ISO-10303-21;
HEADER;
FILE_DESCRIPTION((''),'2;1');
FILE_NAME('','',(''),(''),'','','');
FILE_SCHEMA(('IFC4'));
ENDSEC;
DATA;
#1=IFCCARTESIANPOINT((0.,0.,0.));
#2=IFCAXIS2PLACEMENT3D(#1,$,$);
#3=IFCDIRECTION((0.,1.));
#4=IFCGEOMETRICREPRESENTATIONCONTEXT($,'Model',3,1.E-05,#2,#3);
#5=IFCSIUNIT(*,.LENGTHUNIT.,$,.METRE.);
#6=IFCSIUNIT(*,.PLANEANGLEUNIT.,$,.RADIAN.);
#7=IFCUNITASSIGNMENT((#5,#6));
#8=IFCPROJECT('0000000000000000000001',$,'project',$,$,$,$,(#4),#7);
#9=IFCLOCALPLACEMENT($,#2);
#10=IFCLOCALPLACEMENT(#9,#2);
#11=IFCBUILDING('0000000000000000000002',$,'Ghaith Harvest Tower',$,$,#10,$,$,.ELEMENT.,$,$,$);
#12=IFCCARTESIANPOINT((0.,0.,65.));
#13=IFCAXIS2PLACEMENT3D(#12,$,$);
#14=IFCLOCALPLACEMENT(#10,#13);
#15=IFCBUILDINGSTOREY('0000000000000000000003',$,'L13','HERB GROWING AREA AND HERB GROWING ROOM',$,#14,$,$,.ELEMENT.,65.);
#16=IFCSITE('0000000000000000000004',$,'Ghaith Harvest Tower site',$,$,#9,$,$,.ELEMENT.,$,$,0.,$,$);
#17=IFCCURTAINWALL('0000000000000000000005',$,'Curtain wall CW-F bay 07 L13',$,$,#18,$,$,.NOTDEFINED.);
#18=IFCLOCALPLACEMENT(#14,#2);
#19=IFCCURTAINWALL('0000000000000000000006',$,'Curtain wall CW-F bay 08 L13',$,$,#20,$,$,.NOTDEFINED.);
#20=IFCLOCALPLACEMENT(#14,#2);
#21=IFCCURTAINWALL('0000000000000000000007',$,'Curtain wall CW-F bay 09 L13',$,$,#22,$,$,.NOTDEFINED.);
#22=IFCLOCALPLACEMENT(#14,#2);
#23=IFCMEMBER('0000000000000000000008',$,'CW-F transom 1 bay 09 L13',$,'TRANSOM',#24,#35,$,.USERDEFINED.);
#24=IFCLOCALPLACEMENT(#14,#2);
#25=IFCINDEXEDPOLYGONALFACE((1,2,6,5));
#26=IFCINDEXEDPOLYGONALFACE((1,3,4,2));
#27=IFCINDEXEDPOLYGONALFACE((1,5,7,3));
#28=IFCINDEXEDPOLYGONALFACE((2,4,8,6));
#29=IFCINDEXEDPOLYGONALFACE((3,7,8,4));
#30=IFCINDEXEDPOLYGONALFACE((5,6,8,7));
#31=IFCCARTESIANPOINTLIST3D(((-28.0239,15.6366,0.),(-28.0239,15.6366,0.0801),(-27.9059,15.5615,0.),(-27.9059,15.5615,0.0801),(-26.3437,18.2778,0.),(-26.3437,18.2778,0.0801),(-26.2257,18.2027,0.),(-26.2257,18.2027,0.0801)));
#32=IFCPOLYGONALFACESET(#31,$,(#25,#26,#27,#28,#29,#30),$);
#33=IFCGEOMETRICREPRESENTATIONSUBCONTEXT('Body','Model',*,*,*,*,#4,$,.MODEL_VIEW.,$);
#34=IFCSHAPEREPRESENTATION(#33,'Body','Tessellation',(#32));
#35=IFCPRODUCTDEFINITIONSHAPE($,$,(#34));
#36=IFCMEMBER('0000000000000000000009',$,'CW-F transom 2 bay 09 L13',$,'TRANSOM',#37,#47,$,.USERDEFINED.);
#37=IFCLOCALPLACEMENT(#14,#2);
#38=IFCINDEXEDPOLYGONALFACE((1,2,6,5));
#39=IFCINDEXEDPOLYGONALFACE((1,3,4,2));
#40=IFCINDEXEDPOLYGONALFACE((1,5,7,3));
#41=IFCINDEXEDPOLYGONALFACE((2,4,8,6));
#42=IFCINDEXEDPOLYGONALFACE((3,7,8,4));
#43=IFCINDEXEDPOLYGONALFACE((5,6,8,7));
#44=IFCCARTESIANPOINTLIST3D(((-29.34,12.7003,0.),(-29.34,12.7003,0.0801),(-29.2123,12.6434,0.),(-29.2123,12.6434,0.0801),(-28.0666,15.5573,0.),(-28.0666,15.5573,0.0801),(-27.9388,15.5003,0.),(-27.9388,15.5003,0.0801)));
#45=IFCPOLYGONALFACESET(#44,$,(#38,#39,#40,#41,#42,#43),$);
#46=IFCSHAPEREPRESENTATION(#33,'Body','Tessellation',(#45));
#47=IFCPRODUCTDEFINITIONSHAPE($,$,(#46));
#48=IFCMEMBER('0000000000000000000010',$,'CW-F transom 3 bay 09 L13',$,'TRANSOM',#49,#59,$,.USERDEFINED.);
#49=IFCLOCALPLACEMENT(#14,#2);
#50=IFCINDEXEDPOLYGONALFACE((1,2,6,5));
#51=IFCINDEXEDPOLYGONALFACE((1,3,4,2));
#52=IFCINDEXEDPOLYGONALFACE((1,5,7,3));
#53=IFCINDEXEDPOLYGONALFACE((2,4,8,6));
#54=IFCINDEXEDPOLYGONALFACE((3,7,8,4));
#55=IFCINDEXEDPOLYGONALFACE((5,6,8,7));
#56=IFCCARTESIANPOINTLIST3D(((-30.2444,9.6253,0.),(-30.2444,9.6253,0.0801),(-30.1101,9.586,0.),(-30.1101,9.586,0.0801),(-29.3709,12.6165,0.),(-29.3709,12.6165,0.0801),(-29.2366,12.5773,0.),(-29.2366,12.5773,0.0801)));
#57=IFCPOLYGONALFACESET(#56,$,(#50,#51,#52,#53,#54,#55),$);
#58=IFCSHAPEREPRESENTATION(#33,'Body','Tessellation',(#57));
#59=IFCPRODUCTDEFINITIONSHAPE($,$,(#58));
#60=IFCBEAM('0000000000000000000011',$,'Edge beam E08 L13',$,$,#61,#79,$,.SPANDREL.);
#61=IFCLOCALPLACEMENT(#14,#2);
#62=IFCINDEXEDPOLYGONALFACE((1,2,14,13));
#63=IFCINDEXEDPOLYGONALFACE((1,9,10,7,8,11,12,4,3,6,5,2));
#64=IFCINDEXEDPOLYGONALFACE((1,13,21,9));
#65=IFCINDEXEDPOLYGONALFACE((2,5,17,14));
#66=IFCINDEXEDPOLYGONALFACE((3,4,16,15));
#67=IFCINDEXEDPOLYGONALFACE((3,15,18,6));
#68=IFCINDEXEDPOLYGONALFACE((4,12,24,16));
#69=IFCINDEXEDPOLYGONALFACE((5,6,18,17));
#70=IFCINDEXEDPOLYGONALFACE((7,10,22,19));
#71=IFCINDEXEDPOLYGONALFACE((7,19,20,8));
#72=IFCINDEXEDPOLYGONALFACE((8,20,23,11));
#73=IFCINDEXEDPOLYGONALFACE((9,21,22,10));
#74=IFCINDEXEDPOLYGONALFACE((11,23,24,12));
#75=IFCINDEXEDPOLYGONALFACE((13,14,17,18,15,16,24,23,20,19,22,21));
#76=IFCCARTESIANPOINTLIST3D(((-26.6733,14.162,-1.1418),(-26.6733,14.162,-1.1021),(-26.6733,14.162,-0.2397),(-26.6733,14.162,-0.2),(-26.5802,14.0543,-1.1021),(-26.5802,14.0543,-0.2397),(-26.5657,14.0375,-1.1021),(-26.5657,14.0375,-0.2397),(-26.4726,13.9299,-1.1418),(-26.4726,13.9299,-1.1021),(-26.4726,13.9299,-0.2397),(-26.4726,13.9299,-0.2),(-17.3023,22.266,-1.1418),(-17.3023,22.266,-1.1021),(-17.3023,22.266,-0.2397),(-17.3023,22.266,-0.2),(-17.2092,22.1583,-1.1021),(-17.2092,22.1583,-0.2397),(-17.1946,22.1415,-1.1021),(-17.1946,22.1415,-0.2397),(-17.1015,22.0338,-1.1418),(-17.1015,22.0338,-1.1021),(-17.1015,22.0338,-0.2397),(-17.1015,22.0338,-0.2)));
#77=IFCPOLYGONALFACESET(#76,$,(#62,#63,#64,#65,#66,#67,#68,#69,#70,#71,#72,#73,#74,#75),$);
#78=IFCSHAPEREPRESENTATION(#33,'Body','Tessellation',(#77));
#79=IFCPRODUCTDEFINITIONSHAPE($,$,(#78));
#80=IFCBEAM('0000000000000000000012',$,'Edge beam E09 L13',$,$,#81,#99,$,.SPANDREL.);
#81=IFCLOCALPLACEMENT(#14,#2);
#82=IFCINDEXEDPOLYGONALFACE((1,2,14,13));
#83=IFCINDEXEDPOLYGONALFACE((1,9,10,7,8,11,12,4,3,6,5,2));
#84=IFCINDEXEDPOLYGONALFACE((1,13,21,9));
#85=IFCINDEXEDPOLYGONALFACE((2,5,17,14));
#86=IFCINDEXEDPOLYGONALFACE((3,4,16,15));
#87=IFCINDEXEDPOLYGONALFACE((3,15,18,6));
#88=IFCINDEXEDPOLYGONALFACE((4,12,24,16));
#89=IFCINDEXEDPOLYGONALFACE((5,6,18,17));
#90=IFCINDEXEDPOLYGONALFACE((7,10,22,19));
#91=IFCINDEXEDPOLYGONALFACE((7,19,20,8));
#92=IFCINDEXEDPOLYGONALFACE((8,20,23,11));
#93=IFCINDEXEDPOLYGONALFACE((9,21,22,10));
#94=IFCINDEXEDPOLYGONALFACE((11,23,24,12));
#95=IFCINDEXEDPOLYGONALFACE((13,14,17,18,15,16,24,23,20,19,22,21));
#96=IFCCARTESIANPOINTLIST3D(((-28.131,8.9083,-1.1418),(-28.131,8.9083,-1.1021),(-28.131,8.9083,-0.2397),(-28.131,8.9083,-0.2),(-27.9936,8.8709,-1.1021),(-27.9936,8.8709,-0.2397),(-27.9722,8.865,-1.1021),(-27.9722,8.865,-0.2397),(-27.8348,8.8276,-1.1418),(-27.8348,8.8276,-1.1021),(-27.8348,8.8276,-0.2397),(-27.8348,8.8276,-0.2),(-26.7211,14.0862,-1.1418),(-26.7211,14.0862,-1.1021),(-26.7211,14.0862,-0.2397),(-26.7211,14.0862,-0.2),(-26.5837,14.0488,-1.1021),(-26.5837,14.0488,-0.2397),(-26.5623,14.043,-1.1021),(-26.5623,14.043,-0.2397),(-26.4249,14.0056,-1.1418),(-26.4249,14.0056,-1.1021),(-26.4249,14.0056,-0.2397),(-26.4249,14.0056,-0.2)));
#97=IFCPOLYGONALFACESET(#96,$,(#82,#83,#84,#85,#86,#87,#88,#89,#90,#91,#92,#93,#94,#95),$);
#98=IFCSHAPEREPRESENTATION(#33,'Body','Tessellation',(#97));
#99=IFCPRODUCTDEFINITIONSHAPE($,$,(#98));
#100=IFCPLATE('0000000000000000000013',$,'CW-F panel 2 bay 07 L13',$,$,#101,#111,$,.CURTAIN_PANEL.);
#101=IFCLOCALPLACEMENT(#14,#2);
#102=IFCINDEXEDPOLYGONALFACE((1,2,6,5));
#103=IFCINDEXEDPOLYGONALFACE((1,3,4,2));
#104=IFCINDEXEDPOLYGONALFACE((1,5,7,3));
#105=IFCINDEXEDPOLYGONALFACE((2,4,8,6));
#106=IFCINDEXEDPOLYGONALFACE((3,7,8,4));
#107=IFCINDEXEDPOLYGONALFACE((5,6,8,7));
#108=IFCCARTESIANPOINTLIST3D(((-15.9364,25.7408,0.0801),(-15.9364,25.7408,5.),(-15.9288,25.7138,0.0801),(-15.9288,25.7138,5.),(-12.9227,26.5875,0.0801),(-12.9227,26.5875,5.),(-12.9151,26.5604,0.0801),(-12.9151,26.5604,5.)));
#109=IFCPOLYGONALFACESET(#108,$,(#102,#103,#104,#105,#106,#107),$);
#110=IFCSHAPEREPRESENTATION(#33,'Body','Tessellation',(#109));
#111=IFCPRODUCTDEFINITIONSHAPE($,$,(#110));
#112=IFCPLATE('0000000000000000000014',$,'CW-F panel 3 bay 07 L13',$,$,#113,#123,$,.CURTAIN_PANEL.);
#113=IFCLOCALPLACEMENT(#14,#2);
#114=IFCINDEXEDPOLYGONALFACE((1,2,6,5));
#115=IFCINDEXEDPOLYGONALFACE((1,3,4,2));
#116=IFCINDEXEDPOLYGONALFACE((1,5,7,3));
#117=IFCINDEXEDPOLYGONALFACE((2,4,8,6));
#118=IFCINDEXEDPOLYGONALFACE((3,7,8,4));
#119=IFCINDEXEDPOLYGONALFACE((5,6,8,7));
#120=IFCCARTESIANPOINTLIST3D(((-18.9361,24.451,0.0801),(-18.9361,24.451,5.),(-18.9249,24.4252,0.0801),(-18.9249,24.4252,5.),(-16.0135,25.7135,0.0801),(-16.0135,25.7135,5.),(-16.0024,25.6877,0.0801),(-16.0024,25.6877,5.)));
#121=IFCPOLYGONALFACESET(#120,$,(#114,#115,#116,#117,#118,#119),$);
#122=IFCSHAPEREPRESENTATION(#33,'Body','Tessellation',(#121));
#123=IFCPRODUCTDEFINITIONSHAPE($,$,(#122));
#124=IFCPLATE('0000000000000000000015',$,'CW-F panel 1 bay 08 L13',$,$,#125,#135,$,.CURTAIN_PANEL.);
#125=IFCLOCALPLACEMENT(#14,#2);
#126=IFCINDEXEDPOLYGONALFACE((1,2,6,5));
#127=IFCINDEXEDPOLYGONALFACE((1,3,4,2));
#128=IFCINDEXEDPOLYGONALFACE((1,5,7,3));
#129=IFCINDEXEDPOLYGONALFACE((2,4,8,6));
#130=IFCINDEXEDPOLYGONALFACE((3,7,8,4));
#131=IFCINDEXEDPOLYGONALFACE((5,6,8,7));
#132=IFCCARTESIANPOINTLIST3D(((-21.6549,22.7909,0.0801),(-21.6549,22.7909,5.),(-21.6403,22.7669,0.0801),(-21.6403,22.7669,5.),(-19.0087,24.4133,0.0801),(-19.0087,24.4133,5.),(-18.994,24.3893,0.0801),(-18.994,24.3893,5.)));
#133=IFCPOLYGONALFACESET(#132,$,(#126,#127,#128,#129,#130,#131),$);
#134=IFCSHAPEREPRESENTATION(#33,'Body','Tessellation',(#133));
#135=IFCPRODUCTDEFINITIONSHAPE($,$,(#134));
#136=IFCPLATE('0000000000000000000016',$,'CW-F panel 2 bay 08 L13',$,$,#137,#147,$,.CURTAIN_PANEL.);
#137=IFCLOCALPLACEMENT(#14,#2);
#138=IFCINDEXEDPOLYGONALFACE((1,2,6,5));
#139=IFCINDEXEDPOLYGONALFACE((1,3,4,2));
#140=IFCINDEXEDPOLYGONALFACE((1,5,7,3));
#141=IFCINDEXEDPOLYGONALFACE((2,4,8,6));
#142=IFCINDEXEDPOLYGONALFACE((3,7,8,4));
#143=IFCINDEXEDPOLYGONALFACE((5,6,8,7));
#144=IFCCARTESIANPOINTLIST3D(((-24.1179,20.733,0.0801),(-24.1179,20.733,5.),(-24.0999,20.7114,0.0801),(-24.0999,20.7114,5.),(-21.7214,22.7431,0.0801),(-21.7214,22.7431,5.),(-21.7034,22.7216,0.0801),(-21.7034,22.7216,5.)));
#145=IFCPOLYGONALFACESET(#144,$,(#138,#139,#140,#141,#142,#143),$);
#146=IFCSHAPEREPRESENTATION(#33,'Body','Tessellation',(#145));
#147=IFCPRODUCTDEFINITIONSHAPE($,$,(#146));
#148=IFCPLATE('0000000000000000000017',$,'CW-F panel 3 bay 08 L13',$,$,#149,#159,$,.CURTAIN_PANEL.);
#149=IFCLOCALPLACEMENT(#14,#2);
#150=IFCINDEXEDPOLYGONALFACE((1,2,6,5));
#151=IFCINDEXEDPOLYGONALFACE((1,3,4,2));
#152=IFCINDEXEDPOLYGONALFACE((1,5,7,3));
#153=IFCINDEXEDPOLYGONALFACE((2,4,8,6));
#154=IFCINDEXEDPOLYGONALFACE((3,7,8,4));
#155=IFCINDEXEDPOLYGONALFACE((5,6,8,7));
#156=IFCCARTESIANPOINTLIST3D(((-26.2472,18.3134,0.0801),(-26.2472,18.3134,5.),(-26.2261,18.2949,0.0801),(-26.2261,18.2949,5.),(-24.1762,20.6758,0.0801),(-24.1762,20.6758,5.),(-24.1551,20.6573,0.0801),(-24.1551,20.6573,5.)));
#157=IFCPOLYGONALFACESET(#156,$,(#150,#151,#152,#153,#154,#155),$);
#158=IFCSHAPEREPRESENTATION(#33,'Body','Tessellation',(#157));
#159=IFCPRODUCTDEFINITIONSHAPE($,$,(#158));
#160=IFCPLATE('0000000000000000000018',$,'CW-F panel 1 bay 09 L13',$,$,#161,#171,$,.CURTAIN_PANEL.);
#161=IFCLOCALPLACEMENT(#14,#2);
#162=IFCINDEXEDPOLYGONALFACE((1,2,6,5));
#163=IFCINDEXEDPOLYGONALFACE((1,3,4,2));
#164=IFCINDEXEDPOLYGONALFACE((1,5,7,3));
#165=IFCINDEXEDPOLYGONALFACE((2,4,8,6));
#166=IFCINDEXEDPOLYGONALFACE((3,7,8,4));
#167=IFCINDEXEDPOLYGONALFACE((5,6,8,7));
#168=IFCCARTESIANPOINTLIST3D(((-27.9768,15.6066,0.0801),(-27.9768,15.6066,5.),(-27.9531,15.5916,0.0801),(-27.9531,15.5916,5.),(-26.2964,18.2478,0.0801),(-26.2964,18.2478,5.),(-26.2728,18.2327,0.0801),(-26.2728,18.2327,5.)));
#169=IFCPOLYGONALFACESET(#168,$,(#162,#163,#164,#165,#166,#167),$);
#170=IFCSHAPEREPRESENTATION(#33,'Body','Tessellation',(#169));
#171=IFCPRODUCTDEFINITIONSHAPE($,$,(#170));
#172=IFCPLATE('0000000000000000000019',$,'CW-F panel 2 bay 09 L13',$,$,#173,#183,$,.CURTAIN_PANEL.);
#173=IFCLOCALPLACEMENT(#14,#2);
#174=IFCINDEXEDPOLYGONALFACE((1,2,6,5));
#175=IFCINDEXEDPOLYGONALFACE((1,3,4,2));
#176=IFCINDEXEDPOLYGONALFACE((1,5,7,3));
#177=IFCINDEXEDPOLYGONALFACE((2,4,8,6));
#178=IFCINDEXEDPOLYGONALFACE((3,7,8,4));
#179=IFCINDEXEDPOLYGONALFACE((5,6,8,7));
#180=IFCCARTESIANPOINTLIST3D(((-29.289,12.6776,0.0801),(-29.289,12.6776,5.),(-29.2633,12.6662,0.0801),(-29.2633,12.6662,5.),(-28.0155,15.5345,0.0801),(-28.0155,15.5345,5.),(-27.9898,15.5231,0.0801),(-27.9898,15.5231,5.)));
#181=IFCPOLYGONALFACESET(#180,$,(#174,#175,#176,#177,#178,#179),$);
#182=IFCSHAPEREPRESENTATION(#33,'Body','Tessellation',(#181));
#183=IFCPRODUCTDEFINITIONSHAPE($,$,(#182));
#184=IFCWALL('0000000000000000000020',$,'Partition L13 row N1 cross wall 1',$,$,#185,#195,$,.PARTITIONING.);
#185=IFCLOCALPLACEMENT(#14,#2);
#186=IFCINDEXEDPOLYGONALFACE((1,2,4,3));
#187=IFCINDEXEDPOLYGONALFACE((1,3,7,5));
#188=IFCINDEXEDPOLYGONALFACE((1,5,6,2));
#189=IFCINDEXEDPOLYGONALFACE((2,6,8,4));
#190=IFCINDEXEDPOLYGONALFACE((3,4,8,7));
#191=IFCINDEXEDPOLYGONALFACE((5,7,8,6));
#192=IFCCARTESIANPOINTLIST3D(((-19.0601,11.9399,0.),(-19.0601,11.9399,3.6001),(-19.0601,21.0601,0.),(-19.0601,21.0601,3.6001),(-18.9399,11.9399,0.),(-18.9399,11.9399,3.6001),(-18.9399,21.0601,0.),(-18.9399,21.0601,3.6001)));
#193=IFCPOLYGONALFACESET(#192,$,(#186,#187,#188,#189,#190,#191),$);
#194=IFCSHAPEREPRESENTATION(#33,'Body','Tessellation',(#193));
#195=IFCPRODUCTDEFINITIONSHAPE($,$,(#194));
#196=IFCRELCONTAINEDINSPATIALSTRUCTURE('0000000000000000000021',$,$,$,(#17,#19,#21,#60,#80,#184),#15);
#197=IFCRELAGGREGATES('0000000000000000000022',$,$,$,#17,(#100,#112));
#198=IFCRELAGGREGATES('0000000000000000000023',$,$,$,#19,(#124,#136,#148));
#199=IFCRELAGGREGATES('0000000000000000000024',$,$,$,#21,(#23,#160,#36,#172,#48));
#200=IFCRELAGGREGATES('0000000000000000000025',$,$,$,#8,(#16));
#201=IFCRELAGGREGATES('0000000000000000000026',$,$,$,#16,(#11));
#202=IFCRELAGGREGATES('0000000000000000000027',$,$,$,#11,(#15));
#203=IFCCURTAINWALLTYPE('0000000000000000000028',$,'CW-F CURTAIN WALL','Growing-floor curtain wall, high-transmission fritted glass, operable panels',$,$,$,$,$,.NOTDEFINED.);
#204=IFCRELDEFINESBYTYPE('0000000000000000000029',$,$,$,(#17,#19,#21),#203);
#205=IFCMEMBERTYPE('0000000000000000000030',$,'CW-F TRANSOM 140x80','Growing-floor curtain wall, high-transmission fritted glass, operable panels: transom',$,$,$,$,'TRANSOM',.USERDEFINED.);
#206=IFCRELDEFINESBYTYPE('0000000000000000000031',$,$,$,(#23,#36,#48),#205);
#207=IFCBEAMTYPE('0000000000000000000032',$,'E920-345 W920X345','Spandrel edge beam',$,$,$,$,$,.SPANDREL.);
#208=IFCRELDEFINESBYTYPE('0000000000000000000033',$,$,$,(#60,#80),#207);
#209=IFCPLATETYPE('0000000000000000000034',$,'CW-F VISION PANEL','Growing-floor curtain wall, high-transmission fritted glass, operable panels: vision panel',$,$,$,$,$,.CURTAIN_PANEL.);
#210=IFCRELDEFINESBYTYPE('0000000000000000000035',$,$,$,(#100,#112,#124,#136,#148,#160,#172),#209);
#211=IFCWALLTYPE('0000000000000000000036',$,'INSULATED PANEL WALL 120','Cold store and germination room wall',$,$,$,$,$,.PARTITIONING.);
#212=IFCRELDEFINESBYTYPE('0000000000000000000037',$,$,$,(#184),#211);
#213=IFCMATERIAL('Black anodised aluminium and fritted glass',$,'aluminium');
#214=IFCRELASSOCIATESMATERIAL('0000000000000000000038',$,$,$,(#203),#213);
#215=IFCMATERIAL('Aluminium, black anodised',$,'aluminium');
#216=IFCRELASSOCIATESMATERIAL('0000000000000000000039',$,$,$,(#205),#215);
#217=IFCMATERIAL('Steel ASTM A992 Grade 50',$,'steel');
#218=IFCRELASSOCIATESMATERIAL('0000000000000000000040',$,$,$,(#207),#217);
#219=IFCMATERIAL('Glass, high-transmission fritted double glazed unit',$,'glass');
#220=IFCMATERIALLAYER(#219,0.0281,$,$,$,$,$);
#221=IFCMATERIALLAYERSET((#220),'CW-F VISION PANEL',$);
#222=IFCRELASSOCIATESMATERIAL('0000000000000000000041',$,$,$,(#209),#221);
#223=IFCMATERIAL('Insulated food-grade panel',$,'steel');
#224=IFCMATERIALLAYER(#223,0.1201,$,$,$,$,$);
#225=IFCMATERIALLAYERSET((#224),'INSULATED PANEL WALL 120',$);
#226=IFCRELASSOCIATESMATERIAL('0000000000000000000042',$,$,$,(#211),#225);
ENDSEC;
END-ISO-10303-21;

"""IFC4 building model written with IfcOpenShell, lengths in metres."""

from ifc_helpers import new_model, si_unit, direction, frame, frame_2d, origin, origin_2d, place, context, subcontext, project, spatial, rectangle, i_section, extrude, material, layer, layer_set, material_profile, profile_set, type_object, element, aggregate, save


model = new_model("IFC4")

# Units and contexts
model_context = context("Model", 3, precision=1e-05, world=origin(), true_north=direction((0.0, 1.0)))
body_context = subcontext(model_context, "Body", "Model", "MODEL_VIEW")
ifc_project = project(units=[si_unit("LENGTHUNIT", "METRE"), si_unit("PLANEANGLEUNIT", "RADIAN")], contexts=[model_context])

# Site, building, storey
site_placement = place(None, origin())
site = spatial("IfcSite", under=ifc_project, at=site_placement, Name="Ghaith Harvest Tower site", CompositionType="ELEMENT", RefElevation=0.0)
building_placement = place(site_placement, origin())
building = spatial("IfcBuilding", under=site, at=building_placement, Name="Ghaith Harvest Tower", CompositionType="ELEMENT")
storey_placement = place(building_placement, frame((0.0, 0.0, 65.0)))
storey = spatial("IfcBuildingStorey", under=building, at=storey_placement, Name="L13", Description="HERB GROWING AREA AND HERB GROWING ROOM", CompositionType="ELEMENT", Elevation=65.0)

# Curtain wall
ifc_material_1 = material(Name="Black anodised aluminium and fritted glass", Category="aluminium")
curtain_wall_type = type_object("IfcCurtainWallType", Name="CW-F CURTAIN WALL", Description="Growing-floor curtain wall, high-transmission fritted glass, operable panels", PredefinedType="NOTDEFINED", material=ifc_material_1)
curtain_wall_1_placement = place(storey_placement, origin())
curtain_wall_1 = element("IfcCurtainWall", 1, at=curtain_wall_1_placement, inside=storey, type_object=curtain_wall_type, Name="Curtain wall CW-F bay 07 L13", PredefinedType="NOTDEFINED")

# Curtain walls
curtain_wall_2_placement = place(storey_placement, origin())
curtain_wall_2 = element("IfcCurtainWall", 2, at=curtain_wall_2_placement, inside=storey, type_object=curtain_wall_type, Name="Curtain wall CW-F bay 08 L13", PredefinedType="NOTDEFINED")
curtain_wall_3_placement = place(storey_placement, origin())
curtain_wall_3 = element("IfcCurtainWall", 3, at=curtain_wall_3_placement, inside=storey, type_object=curtain_wall_type, Name="Curtain wall CW-F bay 09 L13", PredefinedType="NOTDEFINED")

# Members
ifc_material_2 = material(Name="Aluminium, black anodised", Category="aluminium")
ifc_material_profile_1 = material_profile(ifc_material_2, rectangle(XDim=0.1399, YDim=0.0801, at=origin_2d()), Name="CW-F TRANSOM 140x80")
ifc_profile_set_1 = profile_set([ifc_material_profile_1], Name="Aluminium, black anodised")
member_type_1 = type_object("IfcMemberType", Name="CW-F TRANSOM 140x80", Description="Growing-floor curtain wall, high-transmission fritted glass, operable panels: transom", ElementType="TRANSOM", PredefinedType="USERDEFINED", material=ifc_profile_set_1)
member_1_placement = place(storey_placement, frame((-26.2847, 18.2402, 0.04), z_axis=(-0.536754, -0.843739, 0.0), x_axis=(0.843739, -0.536754, 0.0)))
member_1 = element("IfcMember", 4, at=member_1_placement, type_object=member_type_1, Name="CW-F transom 1 bay 09 L13", ObjectType="TRANSOM", PredefinedType="USERDEFINED", context=body_context, shape_type="SweptSolid", body=[
    extrude(rectangle(XDim=0.1399, YDim=0.0801, at=origin_2d()), origin(), (0.0, 0.0, 1.0), 3.1304),
])
member_2_placement = place(storey_placement, frame((-28.0027, 15.5288, 0.04), z_axis=(-0.407123, -0.913373, 0.0), x_axis=(0.913373, -0.407123, 0.0)))
member_2 = element("IfcMember", 5, at=member_2_placement, type_object=member_type_1, Name="CW-F transom 2 bay 09 L13", ObjectType="TRANSOM", PredefinedType="USERDEFINED", context=body_context, shape_type="SweptSolid", body=[
    extrude(rectangle(XDim=0.1399, YDim=0.0801, at=origin_2d()), origin(), (0.0, 0.0, 1.0), 3.1279),
])
member_3_placement = place(storey_placement, frame((-29.3037, 12.5969, 0.04), z_axis=(-0.280325, -0.959905, 0.0), x_axis=(0.959905, -0.280325, 0.0)))
member_3 = element("IfcMember", 6, at=member_3_placement, type_object=member_type_1, Name="CW-F transom 3 bay 09 L13", ObjectType="TRANSOM", PredefinedType="USERDEFINED", context=body_context, shape_type="SweptSolid", body=[
    extrude(rectangle(XDim=0.1399, YDim=0.0801, at=origin_2d()), origin(), (0.0, 0.0, 1.0), 3.1162),
])

# Beams
ifc_material_3 = material(Name="Steel ASTM A992 Grade 50", Category="steel")
ifc_material_profile_2 = material_profile(ifc_material_3, i_section(OverallWidth=0.3069, OverallDepth=0.9419, WebThickness=0.0222, FlangeThickness=0.0398, at=origin_2d()), Name="W920X345")
ifc_profile_set_2 = profile_set([ifc_material_profile_2], Name="Steel ASTM A992 Grade 50")
beam_type = type_object("IfcBeamType", Name="E920-345 W920X345", Description="Spandrel edge beam", PredefinedType="SPANDREL", material=ifc_profile_set_2)
beam_1_placement = place(storey_placement, frame((-17.2019, 22.1499, -0.6709), z_axis=(-0.756392, -0.654118, 0.0), x_axis=(0.654118, -0.756392, 0.0)))
element("IfcBeam", 7, at=beam_1_placement, inside=storey, type_object=beam_type, Name="Edge beam E08 L13", PredefinedType="SPANDREL", context=body_context, shape_type="SweptSolid", body=[
    extrude(i_section(OverallWidth=0.3069, OverallDepth=0.9419, WebThickness=0.0222, FlangeThickness=0.0398, at=origin_2d()), origin(), (0.0, 0.0, 1.0), 12.3892),
])
beam_2_placement = place(storey_placement, frame((-26.573, 14.0459, -0.6709), z_axis=(-0.262725, -0.964871, 0.0), x_axis=(0.964871, -0.262725, 0.0)))
element("IfcBeam", 8, at=beam_2_placement, inside=storey, type_object=beam_type, Name="Edge beam E09 L13", PredefinedType="SPANDREL", context=body_context, shape_type="SweptSolid", body=[
    extrude(i_section(OverallWidth=0.3069, OverallDepth=0.9419, WebThickness=0.0222, FlangeThickness=0.0398, at=origin_2d()), origin(), (0.0, 0.0, 1.0), 5.3665),
])

# Plates
ifc_material_4 = material(Name="Glass, high-transmission fritted double glazed unit", Category="glass")
ifc_layer_1 = layer(ifc_material_4, 0.0281)
ifc_layer_set_1 = layer_set([ifc_layer_1], Name="CW-F VISION PANEL")
plate_type = type_object("IfcPlateType", Name="CW-F VISION PANEL", Description="Growing-floor curtain wall, high-transmission fritted glass, operable panels: vision panel", PredefinedType="CURTAIN_PANEL", material=ifc_layer_set_1)
plate_1_placement = place(storey_placement, frame((-14.4258, 26.1506, 0.0801), z_axis=(0.0, 0.0, 1.0), x_axis=(-0.96273, -0.270465, 0.0)))
plate_1 = element("IfcPlate", 9, at=plate_1_placement, type_object=plate_type, Name="CW-F panel 2 bay 07 L13", PredefinedType="CURTAIN_PANEL", context=body_context, shape_type="SweptSolid", body=[
    extrude(rectangle(XDim=3.1304, YDim=0.0281, at=origin_2d()), origin(), (0.0, 0.0, 1.0), 4.9199),
])
plate_2_placement = place(storey_placement, frame((-17.4692, 25.0693, 0.0801), z_axis=(0.0, 0.0, 1.0), x_axis=(-0.918003, -0.396574, 0.0)))
plate_2 = element("IfcPlate", 10, at=plate_2_placement, type_object=plate_type, Name="CW-F panel 3 bay 07 L13", PredefinedType="CURTAIN_PANEL", context=body_context, shape_type="SweptSolid", body=[
    extrude(rectangle(XDim=3.1836, YDim=0.0281, at=origin_2d()), origin(), (0.0, 0.0, 1.0), 4.9199),
])
aggregate(curtain_wall_1, [plate_1, plate_2])
plate_3_placement = place(storey_placement, frame((-20.3245, 23.5901, 0.0801), z_axis=(0.0, 0.0, 1.0), x_axis=(-0.852528, -0.522682, 0.0)))
plate_3 = element("IfcPlate", 11, at=plate_3_placement, type_object=plate_type, Name="CW-F panel 1 bay 08 L13", PredefinedType="CURTAIN_PANEL", context=body_context, shape_type="SweptSolid", body=[
    extrude(rectangle(XDim=3.104, YDim=0.0281, at=origin_2d()), origin(), (0.0, 0.0, 1.0), 4.9199),
])
plate_4_placement = place(storey_placement, frame((-22.9106, 21.7273, 0.0801), z_axis=(0.0, 0.0, 1.0), x_axis=(-0.766155, -0.642656, 0.0)))
plate_4 = element("IfcPlate", 12, at=plate_4_placement, type_object=plate_type, Name="CW-F panel 2 bay 08 L13", PredefinedType="CURTAIN_PANEL", context=body_context, shape_type="SweptSolid", body=[
    extrude(rectangle(XDim=3.1279, YDim=0.0281, at=origin_2d()), origin(), (0.0, 0.0, 1.0), 4.9199),
])
plate_5_placement = place(storey_placement, frame((-25.2012, 19.4854, 0.0801), z_axis=(0.0, 0.0, 1.0), x_axis=(-0.659216, -0.751954, 0.0)))
plate_5 = element("IfcPlate", 13, at=plate_5_placement, type_object=plate_type, Name="CW-F panel 3 bay 08 L13", PredefinedType="CURTAIN_PANEL", context=body_context, shape_type="SweptSolid", body=[
    extrude(rectangle(XDim=3.1416, YDim=0.0281, at=origin_2d()), origin(), (0.0, 0.0, 1.0), 4.9199),
])
aggregate(curtain_wall_2, [plate_3, plate_4, plate_5])
plate_6_placement = place(storey_placement, frame((-27.1248, 16.9197, 0.0801), z_axis=(0.0, 0.0, 1.0), x_axis=(-0.536779, -0.843723, 0.0)))
plate_6 = element("IfcPlate", 14, at=plate_6_placement, type_object=plate_type, Name="CW-F panel 1 bay 09 L13", PredefinedType="CURTAIN_PANEL", context=body_context, shape_type="SweptSolid", body=[
    extrude(rectangle(XDim=3.1304, YDim=0.0281, at=origin_2d()), origin(), (0.0, 0.0, 1.0), 4.9199),
])
plate_7_placement = place(storey_placement, frame((-28.6394, 14.1003, 0.0801), z_axis=(0.0, 0.0, 1.0), x_axis=(-0.407134, -0.913368, 0.0)))
plate_7 = element("IfcPlate", 15, at=plate_7_placement, type_object=plate_type, Name="CW-F panel 2 bay 09 L13", PredefinedType="CURTAIN_PANEL", context=body_context, shape_type="SweptSolid", body=[
    extrude(rectangle(XDim=3.1279, YDim=0.0281, at=origin_2d()), origin(), (0.0, 0.0, 1.0), 4.9199),
])
aggregate(curtain_wall_3, [member_1, plate_6, member_2, plate_7, member_3])

# Wall
ifc_material_5 = material(Name="Insulated food-grade panel", Category="steel")
ifc_layer_2 = layer(ifc_material_5, 0.1201)
ifc_layer_set_2 = layer_set([ifc_layer_2], Name="INSULATED PANEL WALL 120")
wall_type_1 = type_object("IfcWallType", Name="INSULATED PANEL WALL 120", Description="Cold store and germination room wall", PredefinedType="PARTITIONING", material=ifc_layer_set_2)
wall_1_placement = place(storey_placement, frame((-19.0, 11.9399, 0.0), z_axis=(0.0, 0.0, 1.0), x_axis=(0.0, 1.0, 0.0)))
element("IfcWall", 16, at=wall_1_placement, inside=storey, type_object=wall_type_1, Name="Partition L13 row N1 cross wall 1", PredefinedType="PARTITIONING", context=body_context, shape_type="SweptSolid", body=[
    extrude(rectangle(XDim=9.1201, YDim=0.1201, at=frame_2d((4.5601, 0.0))), origin(), (0.0, 0.0, 1.0), 3.6001),
])

save(model, "model.ifc")
